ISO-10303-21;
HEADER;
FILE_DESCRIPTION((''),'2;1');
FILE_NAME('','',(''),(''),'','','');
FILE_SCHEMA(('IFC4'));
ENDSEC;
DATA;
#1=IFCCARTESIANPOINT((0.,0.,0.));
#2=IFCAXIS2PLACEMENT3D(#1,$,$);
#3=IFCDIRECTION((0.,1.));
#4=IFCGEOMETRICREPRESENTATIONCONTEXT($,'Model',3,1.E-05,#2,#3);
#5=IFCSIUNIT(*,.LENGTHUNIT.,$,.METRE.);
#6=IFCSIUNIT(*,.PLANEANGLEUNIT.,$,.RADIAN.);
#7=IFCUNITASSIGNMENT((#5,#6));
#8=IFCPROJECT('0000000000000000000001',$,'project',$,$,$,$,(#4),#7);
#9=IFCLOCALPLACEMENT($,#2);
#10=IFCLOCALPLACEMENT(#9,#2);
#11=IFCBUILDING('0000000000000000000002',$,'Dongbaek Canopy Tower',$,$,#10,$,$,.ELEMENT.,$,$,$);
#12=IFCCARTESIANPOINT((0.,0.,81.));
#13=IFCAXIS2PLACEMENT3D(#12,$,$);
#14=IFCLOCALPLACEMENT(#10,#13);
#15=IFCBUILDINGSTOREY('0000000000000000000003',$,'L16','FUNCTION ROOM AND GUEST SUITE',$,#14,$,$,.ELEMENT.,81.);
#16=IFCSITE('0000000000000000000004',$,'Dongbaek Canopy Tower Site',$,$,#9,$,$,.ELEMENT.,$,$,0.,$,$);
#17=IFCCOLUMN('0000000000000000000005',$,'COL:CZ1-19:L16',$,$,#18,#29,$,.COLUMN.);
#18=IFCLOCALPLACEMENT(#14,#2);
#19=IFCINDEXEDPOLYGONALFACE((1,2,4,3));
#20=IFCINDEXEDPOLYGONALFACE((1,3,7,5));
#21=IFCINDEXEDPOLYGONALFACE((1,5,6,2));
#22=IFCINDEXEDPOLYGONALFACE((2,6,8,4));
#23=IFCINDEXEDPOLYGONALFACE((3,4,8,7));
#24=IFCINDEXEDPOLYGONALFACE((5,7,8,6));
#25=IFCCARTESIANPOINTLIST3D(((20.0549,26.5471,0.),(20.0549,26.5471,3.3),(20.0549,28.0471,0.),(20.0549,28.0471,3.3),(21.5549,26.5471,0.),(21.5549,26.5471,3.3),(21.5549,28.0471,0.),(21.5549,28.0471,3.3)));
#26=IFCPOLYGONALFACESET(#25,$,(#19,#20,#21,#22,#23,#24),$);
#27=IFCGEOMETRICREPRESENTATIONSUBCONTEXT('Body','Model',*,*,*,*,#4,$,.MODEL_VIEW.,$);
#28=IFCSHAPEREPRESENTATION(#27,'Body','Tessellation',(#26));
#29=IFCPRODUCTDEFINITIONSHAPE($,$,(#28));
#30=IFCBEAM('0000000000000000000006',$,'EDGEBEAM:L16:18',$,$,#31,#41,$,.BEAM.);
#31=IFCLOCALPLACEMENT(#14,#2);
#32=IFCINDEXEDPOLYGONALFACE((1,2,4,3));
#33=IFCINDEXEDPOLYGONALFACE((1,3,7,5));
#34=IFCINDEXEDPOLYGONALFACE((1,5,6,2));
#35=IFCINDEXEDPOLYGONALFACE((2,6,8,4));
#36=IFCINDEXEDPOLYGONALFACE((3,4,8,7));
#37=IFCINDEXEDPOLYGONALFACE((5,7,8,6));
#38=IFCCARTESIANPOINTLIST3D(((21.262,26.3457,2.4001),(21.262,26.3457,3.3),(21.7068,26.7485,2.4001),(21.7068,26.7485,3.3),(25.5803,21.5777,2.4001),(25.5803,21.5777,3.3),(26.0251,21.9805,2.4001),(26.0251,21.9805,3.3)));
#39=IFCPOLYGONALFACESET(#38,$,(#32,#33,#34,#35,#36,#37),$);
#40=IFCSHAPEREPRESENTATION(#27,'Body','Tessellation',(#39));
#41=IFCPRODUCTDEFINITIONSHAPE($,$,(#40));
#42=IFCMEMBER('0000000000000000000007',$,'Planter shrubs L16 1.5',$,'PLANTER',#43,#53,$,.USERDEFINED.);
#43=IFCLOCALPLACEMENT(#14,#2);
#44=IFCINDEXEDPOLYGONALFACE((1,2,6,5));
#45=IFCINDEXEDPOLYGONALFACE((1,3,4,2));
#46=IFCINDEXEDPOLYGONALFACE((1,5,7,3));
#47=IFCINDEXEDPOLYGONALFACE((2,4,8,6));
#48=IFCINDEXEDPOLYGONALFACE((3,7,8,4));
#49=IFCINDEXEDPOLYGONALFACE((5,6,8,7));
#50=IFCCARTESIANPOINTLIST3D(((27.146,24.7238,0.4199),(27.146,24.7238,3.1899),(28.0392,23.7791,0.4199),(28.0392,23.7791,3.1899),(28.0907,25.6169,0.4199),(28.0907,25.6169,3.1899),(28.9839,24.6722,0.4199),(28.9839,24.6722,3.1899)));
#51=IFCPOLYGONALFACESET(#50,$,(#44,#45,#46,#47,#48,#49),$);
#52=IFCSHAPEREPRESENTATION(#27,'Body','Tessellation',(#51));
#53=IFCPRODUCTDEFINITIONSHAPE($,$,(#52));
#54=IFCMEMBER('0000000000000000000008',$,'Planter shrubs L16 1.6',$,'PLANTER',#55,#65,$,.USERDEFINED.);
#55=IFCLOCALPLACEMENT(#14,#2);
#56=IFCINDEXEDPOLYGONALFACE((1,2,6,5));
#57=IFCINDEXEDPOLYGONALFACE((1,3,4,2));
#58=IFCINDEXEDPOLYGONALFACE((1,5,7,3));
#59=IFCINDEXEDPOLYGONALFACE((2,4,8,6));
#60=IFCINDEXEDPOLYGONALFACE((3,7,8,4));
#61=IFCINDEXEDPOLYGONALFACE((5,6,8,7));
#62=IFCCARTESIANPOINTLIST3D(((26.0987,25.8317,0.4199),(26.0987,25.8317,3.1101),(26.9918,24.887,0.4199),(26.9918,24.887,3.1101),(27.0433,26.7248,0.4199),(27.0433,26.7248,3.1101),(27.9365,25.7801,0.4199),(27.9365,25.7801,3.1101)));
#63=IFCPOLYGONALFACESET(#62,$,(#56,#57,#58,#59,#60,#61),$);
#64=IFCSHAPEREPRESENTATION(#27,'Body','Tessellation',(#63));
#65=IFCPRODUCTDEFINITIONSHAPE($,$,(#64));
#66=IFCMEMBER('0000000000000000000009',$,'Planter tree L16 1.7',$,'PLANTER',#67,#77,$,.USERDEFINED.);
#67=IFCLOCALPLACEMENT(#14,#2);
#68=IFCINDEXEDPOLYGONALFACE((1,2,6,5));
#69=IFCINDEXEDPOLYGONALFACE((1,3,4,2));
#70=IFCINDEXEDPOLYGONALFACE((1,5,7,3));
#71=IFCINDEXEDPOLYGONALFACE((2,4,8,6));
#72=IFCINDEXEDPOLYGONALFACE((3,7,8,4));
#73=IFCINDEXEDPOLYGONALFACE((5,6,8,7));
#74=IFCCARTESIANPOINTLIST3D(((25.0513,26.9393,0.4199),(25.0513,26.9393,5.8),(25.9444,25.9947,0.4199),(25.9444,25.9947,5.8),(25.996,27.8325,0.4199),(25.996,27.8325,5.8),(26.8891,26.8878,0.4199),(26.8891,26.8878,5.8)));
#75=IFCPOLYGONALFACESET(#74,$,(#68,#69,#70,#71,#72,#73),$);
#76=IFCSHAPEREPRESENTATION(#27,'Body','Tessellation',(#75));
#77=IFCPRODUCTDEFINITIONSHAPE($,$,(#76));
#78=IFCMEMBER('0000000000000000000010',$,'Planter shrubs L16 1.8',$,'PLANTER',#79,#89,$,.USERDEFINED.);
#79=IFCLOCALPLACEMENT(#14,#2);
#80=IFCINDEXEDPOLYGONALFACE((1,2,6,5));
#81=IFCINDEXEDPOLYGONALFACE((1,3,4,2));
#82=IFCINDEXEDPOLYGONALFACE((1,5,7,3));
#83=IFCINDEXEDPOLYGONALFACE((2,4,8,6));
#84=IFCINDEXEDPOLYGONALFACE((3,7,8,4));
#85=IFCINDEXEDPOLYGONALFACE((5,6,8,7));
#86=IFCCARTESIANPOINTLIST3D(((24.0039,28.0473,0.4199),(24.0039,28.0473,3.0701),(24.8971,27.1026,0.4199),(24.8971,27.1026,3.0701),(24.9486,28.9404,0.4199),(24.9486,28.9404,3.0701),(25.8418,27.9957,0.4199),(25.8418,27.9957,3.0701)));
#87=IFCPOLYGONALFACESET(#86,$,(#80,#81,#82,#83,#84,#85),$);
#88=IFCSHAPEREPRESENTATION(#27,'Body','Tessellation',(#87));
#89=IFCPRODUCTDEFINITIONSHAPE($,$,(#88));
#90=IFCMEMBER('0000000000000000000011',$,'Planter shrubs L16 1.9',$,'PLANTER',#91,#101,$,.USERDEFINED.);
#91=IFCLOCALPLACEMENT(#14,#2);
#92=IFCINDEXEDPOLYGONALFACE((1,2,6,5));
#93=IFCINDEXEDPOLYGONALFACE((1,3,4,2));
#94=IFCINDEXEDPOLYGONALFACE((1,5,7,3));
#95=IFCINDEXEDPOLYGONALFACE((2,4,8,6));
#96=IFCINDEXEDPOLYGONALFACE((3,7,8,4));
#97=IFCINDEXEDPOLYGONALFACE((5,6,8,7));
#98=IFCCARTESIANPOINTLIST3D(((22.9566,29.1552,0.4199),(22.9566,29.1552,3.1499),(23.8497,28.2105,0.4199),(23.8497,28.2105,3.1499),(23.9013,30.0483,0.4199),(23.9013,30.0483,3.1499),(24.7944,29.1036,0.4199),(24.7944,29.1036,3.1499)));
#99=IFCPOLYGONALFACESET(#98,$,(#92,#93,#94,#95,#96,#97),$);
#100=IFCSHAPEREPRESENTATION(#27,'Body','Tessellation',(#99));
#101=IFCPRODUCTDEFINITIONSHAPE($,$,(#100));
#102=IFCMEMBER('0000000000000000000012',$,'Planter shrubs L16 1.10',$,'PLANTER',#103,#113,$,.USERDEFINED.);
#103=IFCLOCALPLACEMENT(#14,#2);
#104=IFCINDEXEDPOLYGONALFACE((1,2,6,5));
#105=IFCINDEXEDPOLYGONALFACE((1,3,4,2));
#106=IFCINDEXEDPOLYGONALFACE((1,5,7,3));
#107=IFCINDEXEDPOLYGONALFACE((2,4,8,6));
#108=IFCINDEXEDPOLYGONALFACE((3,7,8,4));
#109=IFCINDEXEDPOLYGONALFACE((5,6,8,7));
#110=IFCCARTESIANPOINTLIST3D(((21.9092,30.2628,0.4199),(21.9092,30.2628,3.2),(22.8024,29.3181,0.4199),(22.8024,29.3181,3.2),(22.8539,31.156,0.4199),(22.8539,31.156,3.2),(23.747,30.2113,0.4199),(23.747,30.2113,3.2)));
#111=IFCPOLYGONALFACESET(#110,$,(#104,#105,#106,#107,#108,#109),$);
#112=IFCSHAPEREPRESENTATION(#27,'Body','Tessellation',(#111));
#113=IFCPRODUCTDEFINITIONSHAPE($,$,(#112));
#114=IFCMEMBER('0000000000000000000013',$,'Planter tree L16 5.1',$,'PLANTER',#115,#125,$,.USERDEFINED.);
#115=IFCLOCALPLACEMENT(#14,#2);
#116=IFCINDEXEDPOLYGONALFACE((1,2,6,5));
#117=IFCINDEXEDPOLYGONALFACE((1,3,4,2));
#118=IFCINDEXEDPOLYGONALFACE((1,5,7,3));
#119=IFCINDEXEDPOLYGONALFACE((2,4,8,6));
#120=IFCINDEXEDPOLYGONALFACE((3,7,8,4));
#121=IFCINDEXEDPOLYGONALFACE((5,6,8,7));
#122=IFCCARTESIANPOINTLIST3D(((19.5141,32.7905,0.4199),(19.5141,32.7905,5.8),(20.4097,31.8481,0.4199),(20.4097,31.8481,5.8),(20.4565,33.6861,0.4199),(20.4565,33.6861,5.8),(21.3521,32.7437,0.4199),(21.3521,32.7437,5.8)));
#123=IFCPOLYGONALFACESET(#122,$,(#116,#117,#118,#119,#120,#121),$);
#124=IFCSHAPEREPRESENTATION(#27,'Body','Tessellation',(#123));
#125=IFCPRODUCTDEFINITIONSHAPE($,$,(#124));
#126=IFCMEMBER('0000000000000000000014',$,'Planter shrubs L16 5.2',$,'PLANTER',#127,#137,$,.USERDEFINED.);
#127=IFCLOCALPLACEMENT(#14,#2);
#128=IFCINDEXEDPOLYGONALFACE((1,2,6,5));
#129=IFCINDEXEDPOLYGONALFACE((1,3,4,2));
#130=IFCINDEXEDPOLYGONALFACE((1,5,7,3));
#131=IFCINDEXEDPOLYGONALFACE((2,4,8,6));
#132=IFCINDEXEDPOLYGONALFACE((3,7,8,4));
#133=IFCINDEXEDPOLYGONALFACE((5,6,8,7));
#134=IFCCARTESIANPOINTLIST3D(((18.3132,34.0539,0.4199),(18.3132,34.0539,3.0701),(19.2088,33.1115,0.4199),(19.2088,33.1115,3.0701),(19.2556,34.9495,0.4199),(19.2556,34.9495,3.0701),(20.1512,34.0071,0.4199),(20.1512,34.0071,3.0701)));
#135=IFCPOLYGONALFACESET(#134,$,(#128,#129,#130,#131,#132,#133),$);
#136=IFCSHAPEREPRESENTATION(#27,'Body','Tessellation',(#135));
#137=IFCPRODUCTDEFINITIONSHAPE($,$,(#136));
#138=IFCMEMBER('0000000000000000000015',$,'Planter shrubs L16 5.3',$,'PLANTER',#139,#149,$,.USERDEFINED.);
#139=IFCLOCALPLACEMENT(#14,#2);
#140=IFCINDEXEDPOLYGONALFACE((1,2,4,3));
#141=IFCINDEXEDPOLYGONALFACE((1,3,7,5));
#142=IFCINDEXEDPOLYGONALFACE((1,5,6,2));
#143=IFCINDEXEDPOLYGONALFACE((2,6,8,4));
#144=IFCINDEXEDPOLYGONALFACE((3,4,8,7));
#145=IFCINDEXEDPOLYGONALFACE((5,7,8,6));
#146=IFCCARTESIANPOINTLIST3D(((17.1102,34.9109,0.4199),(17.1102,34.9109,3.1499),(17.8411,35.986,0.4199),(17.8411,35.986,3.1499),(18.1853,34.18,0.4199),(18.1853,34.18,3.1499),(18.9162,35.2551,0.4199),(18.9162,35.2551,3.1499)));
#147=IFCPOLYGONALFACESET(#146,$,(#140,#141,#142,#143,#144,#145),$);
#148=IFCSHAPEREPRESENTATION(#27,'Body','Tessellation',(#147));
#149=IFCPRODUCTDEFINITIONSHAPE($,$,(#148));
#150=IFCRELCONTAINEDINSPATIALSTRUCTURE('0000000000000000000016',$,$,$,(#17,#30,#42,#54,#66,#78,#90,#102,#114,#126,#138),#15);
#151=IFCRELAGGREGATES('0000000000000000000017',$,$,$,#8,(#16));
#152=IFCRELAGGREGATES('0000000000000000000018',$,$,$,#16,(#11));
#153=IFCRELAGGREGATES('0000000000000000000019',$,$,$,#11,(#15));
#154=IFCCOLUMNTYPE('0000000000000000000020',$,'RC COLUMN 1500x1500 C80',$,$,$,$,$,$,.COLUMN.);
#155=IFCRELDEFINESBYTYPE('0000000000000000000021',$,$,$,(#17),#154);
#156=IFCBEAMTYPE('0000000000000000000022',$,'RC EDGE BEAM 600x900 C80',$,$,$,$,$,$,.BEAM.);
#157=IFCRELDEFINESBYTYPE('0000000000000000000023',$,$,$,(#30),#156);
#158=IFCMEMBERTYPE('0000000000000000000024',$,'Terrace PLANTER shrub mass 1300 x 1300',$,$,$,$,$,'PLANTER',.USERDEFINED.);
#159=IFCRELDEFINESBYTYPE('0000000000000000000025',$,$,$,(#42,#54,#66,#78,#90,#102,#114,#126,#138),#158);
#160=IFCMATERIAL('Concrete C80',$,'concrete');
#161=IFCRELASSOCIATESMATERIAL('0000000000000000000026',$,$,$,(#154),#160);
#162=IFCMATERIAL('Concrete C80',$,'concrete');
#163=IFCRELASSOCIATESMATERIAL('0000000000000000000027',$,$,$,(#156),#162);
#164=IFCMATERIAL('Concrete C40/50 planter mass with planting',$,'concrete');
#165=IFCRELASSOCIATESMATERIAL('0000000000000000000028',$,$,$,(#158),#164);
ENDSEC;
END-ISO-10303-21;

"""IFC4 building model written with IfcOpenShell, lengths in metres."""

from ifc_helpers import new_model, si_unit, direction, frame, origin, origin_2d, place, context, subcontext, project, spatial, rectangle, extrude, material, material_profile, profile_set, type_object, element, save


model = new_model("IFC4")

# Units and contexts
model_context = context("Model", 3, precision=1e-05, world=origin(), true_north=direction((0.0, 1.0)))
body_context = subcontext(model_context, "Body", "Model", "MODEL_VIEW")
ifc_project = project(units=[si_unit("LENGTHUNIT", "METRE"), si_unit("PLANEANGLEUNIT", "RADIAN")], contexts=[model_context])

# Site, building, storey
site_placement = place(None, origin())
site = spatial("IfcSite", under=ifc_project, at=site_placement, Name="Dongbaek Canopy Tower Site", CompositionType="ELEMENT", RefElevation=0.0)
building_placement = place(site_placement, origin())
building = spatial("IfcBuilding", under=site, at=building_placement, Name="Dongbaek Canopy Tower", CompositionType="ELEMENT")
storey_placement = place(building_placement, frame((0.0, 0.0, 81.0)))
storey = spatial("IfcBuildingStorey", under=building, at=storey_placement, Name="L16", Description="FUNCTION ROOM AND GUEST SUITE", CompositionType="ELEMENT", Elevation=81.0)

# Column
ifc_material_1 = material(Name="Concrete C80", Category="concrete")
ifc_material_profile_1 = material_profile(ifc_material_1, rectangle(XDim=1.5, YDim=1.5, at=origin_2d()), Name="RC COLUMN 1500x1500 C80")
ifc_profile_set_1 = profile_set([ifc_material_profile_1], Name="Concrete C80")
column_type = type_object("IfcColumnType", Name="RC COLUMN 1500x1500 C80", PredefinedType="COLUMN", material=ifc_profile_set_1)
column_placement = place(storey_placement, frame((20.8049, 27.2971, 0.0), z_axis=(0.0, 0.0, 1.0), x_axis=(1.0, 0.0, 0.0)))
element("IfcColumn", 1, at=column_placement, inside=storey, type_object=column_type, Name="COL:CZ1-19:L16", PredefinedType="COLUMN", context=body_context, shape_type="SweptSolid", body=[
    extrude(rectangle(XDim=1.5, YDim=1.5, at=origin_2d()), origin(), (0.0, 0.0, 1.0), 3.3),
])

# Beam
ifc_material_2 = material(Name="Concrete C80", Category="concrete")
ifc_material_profile_2 = material_profile(ifc_material_2, rectangle(XDim=0.6001, YDim=0.8999, at=origin_2d()), Name="RC EDGE BEAM 600x900 C80")
ifc_profile_set_2 = profile_set([ifc_material_profile_2], Name="Concrete C80")
beam_type = type_object("IfcBeamType", Name="RC EDGE BEAM 600x900 C80", PredefinedType="BEAM", material=ifc_profile_set_2)
beam_placement = place(storey_placement, frame((21.4844, 26.5471, 2.8501), z_axis=(0.671289, -0.741196, 0.0), x_axis=(0.741196, 0.671289, 0.0)))
element("IfcBeam", 2, at=beam_placement, inside=storey, type_object=beam_type, Name="EDGEBEAM:L16:18", PredefinedType="BEAM", context=body_context, shape_type="SweptSolid", body=[
    extrude(rectangle(XDim=0.6001, YDim=0.8999, at=origin_2d()), origin(), (0.0, 0.0, 1.0), 6.4329),
])

# Members
ifc_material_3 = material(Name="Concrete C40/50 planter mass with planting", Category="concrete")
ifc_material_profile_3 = material_profile(ifc_material_3, rectangle(XDim=1.3, YDim=1.3, at=origin_2d()), Name="Terrace PLANTER shrub mass 1300 x 1300")
ifc_profile_set_3 = profile_set([ifc_material_profile_3], Name="Concrete C40/50 planter mass with planting")
member_type = type_object("IfcMemberType", Name="Terrace PLANTER shrub mass 1300 x 1300", ElementType="PLANTER", PredefinedType="USERDEFINED", material=ifc_profile_set_3)
member_1_placement = place(storey_placement, frame((28.0649, 24.698, 0.4199), z_axis=(0.0, 0.0, 1.0), x_axis=(0.726653, 0.687005, 0.0)))
element("IfcMember", 3, at=member_1_placement, inside=storey, type_object=member_type, Name="Planter shrubs L16 1.5", ObjectType="PLANTER", PredefinedType="USERDEFINED", context=body_context, shape_type="SweptSolid", body=[
    extrude(rectangle(XDim=1.3, YDim=1.3, at=origin_2d()), origin(), (0.0, 0.0, 1.0), 2.77),
])
member_2_placement = place(storey_placement, frame((27.0176, 25.8059, 0.4199), z_axis=(0.0, 0.0, 1.0), x_axis=(0.726653, 0.687005, 0.0)))
element("IfcMember", 4, at=member_2_placement, inside=storey, type_object=member_type, Name="Planter shrubs L16 1.6", ObjectType="PLANTER", PredefinedType="USERDEFINED", context=body_context, shape_type="SweptSolid", body=[
    extrude(rectangle(XDim=1.3, YDim=1.3, at=origin_2d()), origin(), (0.0, 0.0, 1.0), 2.6902),
])
member_3_placement = place(storey_placement, frame((25.9702, 26.9136, 0.4199), z_axis=(0.0, 0.0, 1.0), x_axis=(0.726653, 0.687005, 0.0)))
element("IfcMember", 5, at=member_3_placement, inside=storey, type_object=member_type, Name="Planter tree L16 1.7", ObjectType="PLANTER", PredefinedType="USERDEFINED", context=body_context, shape_type="SweptSolid", body=[
    extrude(rectangle(XDim=1.3, YDim=1.3, at=origin_2d()), origin(), (0.0, 0.0, 1.0), 5.3801),
])
member_4_placement = place(storey_placement, frame((24.9229, 28.0215, 0.4199), z_axis=(0.0, 0.0, 1.0), x_axis=(0.726653, 0.687005, 0.0)))
element("IfcMember", 6, at=member_4_placement, inside=storey, type_object=member_type, Name="Planter shrubs L16 1.8", ObjectType="PLANTER", PredefinedType="USERDEFINED", context=body_context, shape_type="SweptSolid", body=[
    extrude(rectangle(XDim=1.3, YDim=1.3, at=origin_2d()), origin(), (0.0, 0.0, 1.0), 2.6501),
])
member_5_placement = place(storey_placement, frame((23.8755, 29.1294, 0.4199), z_axis=(0.0, 0.0, 1.0), x_axis=(0.726653, 0.687005, 0.0)))
element("IfcMember", 7, at=member_5_placement, inside=storey, type_object=member_type, Name="Planter shrubs L16 1.9", ObjectType="PLANTER", PredefinedType="USERDEFINED", context=body_context, shape_type="SweptSolid", body=[
    extrude(rectangle(XDim=1.3, YDim=1.3, at=origin_2d()), origin(), (0.0, 0.0, 1.0), 2.73),
])
member_6_placement = place(storey_placement, frame((22.8281, 30.2371, 0.4199), z_axis=(0.0, 0.0, 1.0), x_axis=(0.726653, 0.687005, 0.0)))
element("IfcMember", 8, at=member_6_placement, inside=storey, type_object=member_type, Name="Planter shrubs L16 1.10", ObjectType="PLANTER", PredefinedType="USERDEFINED", context=body_context, shape_type="SweptSolid", body=[
    extrude(rectangle(XDim=1.3, YDim=1.3, at=origin_2d()), origin(), (0.0, 0.0, 1.0), 2.78),
])
member_7_placement = place(storey_placement, frame((20.4331, 32.7671, 0.4199), z_axis=(0.0, 0.0, 1.0), x_axis=(0.724863, 0.688893, 0.0)))
element("IfcMember", 9, at=member_7_placement, inside=storey, type_object=member_type, Name="Planter tree L16 5.1", ObjectType="PLANTER", PredefinedType="USERDEFINED", context=body_context, shape_type="SweptSolid", body=[
    extrude(rectangle(XDim=1.3, YDim=1.3, at=origin_2d()), origin(), (0.0, 0.0, 1.0), 5.3801),
])
member_8_placement = place(storey_placement, frame((19.2322, 34.0305, 0.4199), z_axis=(0.0, 0.0, 1.0), x_axis=(0.724863, 0.688893, 0.0)))
element("IfcMember", 10, at=member_8_placement, inside=storey, type_object=member_type, Name="Planter shrubs L16 5.2", ObjectType="PLANTER", PredefinedType="USERDEFINED", context=body_context, shape_type="SweptSolid", body=[
    extrude(rectangle(XDim=1.3, YDim=1.3, at=origin_2d()), origin(), (0.0, 0.0, 1.0), 2.6501),
])
member_9_placement = place(storey_placement, frame((18.0132, 35.083, 0.4199), z_axis=(0.0, 0.0, 1.0), x_axis=(0.562225, 0.826984, 0.0)))
element("IfcMember", 11, at=member_9_placement, inside=storey, type_object=member_type, Name="Planter shrubs L16 5.3", ObjectType="PLANTER", PredefinedType="USERDEFINED", context=body_context, shape_type="SweptSolid", body=[
    extrude(rectangle(XDim=1.3, YDim=1.3, at=origin_2d()), origin(), (0.0, 0.0, 1.0), 2.73),
])

save(model, "model.ifc")
